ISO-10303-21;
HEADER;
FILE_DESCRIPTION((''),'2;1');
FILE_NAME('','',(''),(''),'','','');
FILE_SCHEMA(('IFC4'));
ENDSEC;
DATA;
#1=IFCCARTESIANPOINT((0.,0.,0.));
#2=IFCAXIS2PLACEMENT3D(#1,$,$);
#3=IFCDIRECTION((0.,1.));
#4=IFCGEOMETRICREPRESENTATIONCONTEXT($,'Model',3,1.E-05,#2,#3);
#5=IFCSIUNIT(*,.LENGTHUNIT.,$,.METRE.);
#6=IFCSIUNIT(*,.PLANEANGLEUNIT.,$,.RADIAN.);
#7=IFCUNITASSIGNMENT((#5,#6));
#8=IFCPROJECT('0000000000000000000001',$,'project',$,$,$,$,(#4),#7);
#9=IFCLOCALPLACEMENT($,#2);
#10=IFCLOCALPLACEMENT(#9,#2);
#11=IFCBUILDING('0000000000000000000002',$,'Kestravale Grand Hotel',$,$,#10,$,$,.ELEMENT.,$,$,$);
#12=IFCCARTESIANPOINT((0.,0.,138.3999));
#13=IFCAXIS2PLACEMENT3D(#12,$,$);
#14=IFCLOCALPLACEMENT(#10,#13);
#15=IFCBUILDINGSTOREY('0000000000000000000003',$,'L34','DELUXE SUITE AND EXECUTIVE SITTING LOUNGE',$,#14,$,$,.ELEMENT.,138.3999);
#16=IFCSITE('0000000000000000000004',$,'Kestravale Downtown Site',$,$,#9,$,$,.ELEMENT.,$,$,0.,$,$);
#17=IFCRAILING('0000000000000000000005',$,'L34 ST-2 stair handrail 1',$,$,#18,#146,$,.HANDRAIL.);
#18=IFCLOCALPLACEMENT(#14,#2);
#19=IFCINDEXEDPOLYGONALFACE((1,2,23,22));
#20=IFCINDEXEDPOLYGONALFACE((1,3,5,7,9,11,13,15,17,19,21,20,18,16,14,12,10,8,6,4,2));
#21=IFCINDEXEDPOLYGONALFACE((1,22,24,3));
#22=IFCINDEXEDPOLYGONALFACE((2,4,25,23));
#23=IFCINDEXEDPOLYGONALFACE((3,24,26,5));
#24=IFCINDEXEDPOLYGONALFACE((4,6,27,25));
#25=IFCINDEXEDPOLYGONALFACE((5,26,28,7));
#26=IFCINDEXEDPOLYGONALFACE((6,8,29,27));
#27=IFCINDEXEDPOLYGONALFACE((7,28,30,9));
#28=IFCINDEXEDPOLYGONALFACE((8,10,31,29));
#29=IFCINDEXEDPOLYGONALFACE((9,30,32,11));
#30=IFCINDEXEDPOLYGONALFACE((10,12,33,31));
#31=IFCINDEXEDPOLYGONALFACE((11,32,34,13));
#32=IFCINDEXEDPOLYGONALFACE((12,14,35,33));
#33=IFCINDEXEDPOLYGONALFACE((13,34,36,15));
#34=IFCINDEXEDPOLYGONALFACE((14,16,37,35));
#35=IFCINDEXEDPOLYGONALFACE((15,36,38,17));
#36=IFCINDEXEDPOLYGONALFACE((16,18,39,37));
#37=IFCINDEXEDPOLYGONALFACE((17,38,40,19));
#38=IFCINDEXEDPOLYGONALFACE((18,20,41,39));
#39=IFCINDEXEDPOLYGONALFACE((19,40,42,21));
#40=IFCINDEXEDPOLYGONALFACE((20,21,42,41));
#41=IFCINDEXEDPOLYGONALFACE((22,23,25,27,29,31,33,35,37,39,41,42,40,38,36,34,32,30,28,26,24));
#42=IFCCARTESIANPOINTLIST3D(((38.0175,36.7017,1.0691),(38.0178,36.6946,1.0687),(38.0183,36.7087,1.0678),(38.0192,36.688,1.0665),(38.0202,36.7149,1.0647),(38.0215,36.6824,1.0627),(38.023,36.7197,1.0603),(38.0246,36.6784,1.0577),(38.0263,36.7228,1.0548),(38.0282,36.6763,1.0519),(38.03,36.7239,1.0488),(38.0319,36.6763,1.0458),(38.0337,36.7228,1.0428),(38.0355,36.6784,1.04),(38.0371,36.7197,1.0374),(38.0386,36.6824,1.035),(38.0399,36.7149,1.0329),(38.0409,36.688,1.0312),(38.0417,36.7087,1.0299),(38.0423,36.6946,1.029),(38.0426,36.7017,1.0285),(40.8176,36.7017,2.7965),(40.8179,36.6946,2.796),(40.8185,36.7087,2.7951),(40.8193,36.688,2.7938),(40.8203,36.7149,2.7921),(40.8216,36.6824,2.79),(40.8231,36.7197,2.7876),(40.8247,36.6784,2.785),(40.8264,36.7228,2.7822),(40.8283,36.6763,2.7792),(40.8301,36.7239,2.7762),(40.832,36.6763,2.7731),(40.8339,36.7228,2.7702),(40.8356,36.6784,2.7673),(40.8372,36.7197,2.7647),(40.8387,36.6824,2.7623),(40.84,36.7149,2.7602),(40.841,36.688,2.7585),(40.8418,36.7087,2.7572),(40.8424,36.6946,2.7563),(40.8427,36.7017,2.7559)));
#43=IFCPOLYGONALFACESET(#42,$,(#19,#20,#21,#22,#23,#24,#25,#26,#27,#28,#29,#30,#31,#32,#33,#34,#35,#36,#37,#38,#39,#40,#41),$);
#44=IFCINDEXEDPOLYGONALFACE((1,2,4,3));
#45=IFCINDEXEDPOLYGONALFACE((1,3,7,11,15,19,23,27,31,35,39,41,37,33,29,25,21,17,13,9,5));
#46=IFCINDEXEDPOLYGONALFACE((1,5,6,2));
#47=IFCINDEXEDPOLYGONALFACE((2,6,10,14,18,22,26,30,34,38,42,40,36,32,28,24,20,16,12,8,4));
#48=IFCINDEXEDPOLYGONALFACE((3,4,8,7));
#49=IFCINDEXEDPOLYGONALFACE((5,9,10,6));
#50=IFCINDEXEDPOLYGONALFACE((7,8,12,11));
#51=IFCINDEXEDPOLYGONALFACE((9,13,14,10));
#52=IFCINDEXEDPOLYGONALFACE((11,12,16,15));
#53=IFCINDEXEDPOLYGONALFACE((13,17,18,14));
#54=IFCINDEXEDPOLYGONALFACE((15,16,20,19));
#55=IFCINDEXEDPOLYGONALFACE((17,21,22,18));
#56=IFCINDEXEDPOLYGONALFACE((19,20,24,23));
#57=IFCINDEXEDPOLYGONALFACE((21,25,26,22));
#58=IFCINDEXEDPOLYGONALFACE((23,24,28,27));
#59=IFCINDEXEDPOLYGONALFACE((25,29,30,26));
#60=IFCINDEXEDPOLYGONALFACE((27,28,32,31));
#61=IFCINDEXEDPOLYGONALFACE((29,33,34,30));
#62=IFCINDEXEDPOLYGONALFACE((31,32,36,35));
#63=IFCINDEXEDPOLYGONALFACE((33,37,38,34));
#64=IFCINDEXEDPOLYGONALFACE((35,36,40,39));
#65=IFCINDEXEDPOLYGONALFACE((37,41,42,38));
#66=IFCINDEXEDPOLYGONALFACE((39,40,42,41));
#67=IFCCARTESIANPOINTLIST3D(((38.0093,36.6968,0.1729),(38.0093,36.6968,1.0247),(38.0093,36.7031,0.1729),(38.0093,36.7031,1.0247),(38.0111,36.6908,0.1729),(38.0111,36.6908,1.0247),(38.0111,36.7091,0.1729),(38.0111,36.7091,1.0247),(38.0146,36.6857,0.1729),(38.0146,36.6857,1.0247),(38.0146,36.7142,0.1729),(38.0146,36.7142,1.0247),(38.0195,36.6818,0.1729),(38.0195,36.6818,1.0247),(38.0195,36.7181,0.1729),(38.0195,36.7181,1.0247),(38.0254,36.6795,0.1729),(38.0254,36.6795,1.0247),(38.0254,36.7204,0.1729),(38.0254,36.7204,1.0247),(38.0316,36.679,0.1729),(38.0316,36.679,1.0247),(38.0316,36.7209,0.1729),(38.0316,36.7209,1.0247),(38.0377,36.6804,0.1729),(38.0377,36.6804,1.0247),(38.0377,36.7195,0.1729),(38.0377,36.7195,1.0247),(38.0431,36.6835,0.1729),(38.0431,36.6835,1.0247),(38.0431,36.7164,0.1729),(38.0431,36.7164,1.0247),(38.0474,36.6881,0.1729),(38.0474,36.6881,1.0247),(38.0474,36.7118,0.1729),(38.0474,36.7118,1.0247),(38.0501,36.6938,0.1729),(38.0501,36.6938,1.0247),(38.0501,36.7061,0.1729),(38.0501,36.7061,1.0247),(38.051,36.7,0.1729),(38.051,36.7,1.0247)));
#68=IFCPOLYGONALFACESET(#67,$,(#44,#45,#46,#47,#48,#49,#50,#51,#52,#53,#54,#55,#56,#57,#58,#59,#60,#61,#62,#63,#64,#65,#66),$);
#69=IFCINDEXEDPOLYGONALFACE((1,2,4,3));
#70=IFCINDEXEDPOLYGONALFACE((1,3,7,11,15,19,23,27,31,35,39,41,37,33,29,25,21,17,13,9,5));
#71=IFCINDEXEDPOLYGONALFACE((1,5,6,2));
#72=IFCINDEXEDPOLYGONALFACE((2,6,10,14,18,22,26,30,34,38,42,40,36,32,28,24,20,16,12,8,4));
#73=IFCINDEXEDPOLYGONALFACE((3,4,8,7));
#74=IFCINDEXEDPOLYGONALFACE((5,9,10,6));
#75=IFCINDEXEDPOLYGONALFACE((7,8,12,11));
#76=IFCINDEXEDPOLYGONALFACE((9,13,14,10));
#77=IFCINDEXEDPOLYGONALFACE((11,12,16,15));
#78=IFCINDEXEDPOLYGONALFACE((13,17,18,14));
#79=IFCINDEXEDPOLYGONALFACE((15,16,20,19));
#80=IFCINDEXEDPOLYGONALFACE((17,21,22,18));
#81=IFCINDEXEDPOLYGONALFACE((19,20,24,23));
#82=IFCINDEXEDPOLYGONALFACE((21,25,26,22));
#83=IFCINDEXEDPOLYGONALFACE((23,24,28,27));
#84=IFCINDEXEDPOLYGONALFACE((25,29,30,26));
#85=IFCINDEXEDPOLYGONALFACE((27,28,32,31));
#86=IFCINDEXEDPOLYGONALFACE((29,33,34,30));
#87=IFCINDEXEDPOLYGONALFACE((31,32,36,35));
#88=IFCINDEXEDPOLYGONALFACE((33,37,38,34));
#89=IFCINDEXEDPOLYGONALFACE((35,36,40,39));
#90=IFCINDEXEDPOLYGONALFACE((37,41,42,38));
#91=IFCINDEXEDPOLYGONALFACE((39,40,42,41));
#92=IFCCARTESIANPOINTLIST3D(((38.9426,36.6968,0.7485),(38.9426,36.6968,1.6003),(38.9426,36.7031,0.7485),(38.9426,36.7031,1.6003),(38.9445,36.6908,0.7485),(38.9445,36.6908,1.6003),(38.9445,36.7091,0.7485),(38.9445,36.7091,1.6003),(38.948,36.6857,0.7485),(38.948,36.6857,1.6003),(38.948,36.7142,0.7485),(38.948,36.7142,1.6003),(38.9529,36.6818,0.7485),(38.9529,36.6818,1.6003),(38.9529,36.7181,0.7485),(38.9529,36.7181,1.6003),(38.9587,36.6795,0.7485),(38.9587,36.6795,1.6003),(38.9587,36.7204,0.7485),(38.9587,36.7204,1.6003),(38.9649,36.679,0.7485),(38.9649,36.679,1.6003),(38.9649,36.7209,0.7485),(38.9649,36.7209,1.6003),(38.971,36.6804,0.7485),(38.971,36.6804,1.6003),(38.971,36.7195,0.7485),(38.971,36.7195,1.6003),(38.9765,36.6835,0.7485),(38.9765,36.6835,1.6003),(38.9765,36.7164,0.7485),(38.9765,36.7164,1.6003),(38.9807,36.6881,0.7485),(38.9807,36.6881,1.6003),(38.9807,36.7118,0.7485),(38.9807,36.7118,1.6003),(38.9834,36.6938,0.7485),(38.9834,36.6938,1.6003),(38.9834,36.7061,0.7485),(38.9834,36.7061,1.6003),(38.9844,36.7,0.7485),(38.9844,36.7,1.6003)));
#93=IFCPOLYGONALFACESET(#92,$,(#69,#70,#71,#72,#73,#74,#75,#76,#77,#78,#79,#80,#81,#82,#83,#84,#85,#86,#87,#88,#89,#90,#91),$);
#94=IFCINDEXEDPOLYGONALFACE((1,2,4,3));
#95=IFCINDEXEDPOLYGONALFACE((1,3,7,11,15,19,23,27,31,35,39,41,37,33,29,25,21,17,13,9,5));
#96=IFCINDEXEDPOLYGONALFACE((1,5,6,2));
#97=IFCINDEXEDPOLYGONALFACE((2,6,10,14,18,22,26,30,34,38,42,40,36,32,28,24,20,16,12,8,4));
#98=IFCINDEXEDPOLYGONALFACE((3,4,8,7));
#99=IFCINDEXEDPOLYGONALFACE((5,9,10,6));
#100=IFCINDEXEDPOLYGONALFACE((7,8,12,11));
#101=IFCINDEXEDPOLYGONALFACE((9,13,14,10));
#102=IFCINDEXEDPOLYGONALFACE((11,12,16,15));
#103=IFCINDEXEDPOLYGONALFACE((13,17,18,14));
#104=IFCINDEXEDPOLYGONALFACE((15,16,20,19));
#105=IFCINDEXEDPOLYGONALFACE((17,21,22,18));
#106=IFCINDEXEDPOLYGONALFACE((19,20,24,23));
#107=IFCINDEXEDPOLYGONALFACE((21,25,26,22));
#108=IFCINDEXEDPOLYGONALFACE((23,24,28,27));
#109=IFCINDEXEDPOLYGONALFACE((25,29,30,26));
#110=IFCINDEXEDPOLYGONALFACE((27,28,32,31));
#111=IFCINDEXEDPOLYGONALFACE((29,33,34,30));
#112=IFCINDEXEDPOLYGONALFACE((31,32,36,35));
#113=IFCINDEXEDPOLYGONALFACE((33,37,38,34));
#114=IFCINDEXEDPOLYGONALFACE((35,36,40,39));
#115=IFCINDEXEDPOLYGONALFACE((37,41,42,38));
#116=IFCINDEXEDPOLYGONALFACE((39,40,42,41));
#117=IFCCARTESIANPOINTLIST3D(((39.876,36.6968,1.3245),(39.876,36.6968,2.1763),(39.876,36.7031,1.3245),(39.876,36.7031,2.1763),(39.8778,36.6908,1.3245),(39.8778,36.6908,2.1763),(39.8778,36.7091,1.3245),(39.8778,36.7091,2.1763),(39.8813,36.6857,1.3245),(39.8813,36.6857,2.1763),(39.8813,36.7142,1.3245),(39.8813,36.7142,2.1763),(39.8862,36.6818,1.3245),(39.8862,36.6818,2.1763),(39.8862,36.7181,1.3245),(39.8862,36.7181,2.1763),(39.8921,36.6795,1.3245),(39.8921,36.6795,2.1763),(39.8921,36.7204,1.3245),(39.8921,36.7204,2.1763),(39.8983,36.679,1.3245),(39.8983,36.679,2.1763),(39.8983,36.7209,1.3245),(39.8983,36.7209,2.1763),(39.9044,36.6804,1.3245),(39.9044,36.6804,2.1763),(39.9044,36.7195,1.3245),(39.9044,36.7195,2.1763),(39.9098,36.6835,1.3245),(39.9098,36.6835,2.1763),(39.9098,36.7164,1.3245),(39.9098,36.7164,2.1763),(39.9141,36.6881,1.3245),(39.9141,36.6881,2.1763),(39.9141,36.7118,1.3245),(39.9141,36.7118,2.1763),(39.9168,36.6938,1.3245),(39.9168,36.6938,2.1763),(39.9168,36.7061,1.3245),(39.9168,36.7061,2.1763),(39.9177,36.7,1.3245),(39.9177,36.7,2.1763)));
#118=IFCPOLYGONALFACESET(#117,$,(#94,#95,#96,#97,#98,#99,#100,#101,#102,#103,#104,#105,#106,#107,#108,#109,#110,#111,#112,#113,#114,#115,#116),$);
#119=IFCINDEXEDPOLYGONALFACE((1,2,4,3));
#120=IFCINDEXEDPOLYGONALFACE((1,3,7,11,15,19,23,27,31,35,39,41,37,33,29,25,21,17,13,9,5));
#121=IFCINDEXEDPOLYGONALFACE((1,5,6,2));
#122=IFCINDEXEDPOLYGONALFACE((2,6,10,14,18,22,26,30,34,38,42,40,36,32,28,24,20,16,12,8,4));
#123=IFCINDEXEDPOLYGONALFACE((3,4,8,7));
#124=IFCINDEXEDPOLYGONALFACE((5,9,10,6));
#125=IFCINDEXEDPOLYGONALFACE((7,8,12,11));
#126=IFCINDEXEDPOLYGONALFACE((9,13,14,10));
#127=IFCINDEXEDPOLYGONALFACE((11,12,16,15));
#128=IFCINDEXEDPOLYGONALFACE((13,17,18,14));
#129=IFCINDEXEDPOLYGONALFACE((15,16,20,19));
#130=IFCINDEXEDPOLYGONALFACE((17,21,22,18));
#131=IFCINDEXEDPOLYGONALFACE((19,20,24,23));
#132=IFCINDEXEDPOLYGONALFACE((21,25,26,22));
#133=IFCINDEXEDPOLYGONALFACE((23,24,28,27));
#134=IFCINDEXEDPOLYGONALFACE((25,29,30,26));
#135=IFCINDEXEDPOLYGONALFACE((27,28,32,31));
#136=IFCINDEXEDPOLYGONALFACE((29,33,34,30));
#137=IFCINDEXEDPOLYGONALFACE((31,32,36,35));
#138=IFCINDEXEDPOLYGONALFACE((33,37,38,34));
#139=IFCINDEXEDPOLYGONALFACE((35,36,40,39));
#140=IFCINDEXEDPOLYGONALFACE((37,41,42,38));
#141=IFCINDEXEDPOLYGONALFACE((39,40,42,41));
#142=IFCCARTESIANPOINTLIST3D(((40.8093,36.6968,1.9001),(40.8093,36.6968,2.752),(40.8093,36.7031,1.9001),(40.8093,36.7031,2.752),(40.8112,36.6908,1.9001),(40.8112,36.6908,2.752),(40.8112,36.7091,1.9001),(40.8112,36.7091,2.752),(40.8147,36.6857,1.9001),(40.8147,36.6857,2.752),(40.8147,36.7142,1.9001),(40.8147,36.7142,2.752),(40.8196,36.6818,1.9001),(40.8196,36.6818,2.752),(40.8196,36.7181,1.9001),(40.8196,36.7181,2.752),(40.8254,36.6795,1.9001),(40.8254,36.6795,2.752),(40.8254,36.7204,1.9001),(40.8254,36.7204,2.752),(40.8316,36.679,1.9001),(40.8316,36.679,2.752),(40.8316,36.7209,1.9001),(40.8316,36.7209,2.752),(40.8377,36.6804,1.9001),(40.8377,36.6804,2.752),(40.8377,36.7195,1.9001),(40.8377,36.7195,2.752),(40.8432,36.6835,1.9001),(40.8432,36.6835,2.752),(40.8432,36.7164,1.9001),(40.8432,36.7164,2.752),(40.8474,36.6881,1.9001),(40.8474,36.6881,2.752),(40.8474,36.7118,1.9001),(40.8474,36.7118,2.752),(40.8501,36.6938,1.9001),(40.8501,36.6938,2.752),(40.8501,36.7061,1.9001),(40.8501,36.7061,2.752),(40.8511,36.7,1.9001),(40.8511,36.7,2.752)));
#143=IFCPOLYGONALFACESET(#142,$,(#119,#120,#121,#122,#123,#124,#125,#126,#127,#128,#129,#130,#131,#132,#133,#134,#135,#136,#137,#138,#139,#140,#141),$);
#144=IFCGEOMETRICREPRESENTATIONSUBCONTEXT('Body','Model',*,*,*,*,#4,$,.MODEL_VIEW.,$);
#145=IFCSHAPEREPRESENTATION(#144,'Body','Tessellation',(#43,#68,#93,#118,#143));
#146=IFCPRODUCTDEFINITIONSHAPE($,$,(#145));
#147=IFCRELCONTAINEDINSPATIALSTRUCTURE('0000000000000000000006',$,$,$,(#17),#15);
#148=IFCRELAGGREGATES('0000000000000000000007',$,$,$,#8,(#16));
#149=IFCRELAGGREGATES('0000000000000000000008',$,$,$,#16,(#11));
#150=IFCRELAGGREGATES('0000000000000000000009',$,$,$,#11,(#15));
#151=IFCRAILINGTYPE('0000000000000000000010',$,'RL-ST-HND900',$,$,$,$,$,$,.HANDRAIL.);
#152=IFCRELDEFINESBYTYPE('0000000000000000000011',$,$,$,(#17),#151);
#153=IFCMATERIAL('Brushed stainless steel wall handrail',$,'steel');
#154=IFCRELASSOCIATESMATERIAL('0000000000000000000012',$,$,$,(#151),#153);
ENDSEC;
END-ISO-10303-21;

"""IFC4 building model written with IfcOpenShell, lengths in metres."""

from ifc_helpers import new_model, si_unit, direction, frame, origin, origin_2d, place, context, subcontext, project, spatial, circle, extrude, material, type_object, element, save


model = new_model("IFC4")

# Units and contexts
model_context = context("Model", 3, precision=1e-05, world=origin(), true_north=direction((0.0, 1.0)))
body_context = subcontext(model_context, "Body", "Model", "MODEL_VIEW")
ifc_project = project(units=[si_unit("LENGTHUNIT", "METRE"), si_unit("PLANEANGLEUNIT", "RADIAN")], contexts=[model_context])

# Site, building, storey
site_placement = place(None, origin())
site = spatial("IfcSite", under=ifc_project, at=site_placement, Name="Kestravale Downtown Site", CompositionType="ELEMENT", RefElevation=0.0)
building_placement = place(site_placement, origin())
building = spatial("IfcBuilding", under=site, at=building_placement, Name="Kestravale Grand Hotel", CompositionType="ELEMENT")
storey_placement = place(building_placement, frame((0.0, 0.0, 138.3999)))
storey = spatial("IfcBuildingStorey", under=building, at=storey_placement, Name="L34", Description="DELUXE SUITE AND EXECUTIVE SITTING LOUNGE", CompositionType="ELEMENT", Elevation=138.3999)

# Railing
ifc_material_1 = material(Name="Brushed stainless steel wall handrail", Category="steel")
railing_type_1 = type_object("IfcRailingType", Name="RL-ST-HND900", PredefinedType="HANDRAIL", material=ifc_material_1)
railing_1_placement = place(storey_placement, frame((38.03, 36.7, 0.1729)))
element("IfcRailing", 1, at=railing_1_placement, inside=storey, type_object=railing_type_1, Name="L34 ST-2 stair handrail 1", PredefinedType="HANDRAIL", context=body_context, shape_type="SweptSolid", body=[
    extrude(circle(Radius=0.0239, at=origin_2d()), frame((0.0, 0.0, 0.876), z_axis=(0.85109, 0.0, 0.52502), x_axis=(0.0, 1.0, 0.0)), (0.0, 0.0, 1.0), 3.29),
    extrude(circle(Radius=0.021, at=origin_2d()), origin(), (0.0, 0.0, 1.0), 0.8518),
    extrude(circle(Radius=0.021, at=origin_2d()), frame((0.9333, 0.0, 0.5757)), (0.0, 0.0, 1.0), 0.8518),
    extrude(circle(Radius=0.021, at=origin_2d()), frame((1.8667, 0.0, 1.1516)), (0.0, 0.0, 1.0), 0.8518),
    extrude(circle(Radius=0.021, at=origin_2d()), frame((2.8, 0.0, 1.7273)), (0.0, 0.0, 1.0), 0.8518),
])

save(model, "model.ifc")
